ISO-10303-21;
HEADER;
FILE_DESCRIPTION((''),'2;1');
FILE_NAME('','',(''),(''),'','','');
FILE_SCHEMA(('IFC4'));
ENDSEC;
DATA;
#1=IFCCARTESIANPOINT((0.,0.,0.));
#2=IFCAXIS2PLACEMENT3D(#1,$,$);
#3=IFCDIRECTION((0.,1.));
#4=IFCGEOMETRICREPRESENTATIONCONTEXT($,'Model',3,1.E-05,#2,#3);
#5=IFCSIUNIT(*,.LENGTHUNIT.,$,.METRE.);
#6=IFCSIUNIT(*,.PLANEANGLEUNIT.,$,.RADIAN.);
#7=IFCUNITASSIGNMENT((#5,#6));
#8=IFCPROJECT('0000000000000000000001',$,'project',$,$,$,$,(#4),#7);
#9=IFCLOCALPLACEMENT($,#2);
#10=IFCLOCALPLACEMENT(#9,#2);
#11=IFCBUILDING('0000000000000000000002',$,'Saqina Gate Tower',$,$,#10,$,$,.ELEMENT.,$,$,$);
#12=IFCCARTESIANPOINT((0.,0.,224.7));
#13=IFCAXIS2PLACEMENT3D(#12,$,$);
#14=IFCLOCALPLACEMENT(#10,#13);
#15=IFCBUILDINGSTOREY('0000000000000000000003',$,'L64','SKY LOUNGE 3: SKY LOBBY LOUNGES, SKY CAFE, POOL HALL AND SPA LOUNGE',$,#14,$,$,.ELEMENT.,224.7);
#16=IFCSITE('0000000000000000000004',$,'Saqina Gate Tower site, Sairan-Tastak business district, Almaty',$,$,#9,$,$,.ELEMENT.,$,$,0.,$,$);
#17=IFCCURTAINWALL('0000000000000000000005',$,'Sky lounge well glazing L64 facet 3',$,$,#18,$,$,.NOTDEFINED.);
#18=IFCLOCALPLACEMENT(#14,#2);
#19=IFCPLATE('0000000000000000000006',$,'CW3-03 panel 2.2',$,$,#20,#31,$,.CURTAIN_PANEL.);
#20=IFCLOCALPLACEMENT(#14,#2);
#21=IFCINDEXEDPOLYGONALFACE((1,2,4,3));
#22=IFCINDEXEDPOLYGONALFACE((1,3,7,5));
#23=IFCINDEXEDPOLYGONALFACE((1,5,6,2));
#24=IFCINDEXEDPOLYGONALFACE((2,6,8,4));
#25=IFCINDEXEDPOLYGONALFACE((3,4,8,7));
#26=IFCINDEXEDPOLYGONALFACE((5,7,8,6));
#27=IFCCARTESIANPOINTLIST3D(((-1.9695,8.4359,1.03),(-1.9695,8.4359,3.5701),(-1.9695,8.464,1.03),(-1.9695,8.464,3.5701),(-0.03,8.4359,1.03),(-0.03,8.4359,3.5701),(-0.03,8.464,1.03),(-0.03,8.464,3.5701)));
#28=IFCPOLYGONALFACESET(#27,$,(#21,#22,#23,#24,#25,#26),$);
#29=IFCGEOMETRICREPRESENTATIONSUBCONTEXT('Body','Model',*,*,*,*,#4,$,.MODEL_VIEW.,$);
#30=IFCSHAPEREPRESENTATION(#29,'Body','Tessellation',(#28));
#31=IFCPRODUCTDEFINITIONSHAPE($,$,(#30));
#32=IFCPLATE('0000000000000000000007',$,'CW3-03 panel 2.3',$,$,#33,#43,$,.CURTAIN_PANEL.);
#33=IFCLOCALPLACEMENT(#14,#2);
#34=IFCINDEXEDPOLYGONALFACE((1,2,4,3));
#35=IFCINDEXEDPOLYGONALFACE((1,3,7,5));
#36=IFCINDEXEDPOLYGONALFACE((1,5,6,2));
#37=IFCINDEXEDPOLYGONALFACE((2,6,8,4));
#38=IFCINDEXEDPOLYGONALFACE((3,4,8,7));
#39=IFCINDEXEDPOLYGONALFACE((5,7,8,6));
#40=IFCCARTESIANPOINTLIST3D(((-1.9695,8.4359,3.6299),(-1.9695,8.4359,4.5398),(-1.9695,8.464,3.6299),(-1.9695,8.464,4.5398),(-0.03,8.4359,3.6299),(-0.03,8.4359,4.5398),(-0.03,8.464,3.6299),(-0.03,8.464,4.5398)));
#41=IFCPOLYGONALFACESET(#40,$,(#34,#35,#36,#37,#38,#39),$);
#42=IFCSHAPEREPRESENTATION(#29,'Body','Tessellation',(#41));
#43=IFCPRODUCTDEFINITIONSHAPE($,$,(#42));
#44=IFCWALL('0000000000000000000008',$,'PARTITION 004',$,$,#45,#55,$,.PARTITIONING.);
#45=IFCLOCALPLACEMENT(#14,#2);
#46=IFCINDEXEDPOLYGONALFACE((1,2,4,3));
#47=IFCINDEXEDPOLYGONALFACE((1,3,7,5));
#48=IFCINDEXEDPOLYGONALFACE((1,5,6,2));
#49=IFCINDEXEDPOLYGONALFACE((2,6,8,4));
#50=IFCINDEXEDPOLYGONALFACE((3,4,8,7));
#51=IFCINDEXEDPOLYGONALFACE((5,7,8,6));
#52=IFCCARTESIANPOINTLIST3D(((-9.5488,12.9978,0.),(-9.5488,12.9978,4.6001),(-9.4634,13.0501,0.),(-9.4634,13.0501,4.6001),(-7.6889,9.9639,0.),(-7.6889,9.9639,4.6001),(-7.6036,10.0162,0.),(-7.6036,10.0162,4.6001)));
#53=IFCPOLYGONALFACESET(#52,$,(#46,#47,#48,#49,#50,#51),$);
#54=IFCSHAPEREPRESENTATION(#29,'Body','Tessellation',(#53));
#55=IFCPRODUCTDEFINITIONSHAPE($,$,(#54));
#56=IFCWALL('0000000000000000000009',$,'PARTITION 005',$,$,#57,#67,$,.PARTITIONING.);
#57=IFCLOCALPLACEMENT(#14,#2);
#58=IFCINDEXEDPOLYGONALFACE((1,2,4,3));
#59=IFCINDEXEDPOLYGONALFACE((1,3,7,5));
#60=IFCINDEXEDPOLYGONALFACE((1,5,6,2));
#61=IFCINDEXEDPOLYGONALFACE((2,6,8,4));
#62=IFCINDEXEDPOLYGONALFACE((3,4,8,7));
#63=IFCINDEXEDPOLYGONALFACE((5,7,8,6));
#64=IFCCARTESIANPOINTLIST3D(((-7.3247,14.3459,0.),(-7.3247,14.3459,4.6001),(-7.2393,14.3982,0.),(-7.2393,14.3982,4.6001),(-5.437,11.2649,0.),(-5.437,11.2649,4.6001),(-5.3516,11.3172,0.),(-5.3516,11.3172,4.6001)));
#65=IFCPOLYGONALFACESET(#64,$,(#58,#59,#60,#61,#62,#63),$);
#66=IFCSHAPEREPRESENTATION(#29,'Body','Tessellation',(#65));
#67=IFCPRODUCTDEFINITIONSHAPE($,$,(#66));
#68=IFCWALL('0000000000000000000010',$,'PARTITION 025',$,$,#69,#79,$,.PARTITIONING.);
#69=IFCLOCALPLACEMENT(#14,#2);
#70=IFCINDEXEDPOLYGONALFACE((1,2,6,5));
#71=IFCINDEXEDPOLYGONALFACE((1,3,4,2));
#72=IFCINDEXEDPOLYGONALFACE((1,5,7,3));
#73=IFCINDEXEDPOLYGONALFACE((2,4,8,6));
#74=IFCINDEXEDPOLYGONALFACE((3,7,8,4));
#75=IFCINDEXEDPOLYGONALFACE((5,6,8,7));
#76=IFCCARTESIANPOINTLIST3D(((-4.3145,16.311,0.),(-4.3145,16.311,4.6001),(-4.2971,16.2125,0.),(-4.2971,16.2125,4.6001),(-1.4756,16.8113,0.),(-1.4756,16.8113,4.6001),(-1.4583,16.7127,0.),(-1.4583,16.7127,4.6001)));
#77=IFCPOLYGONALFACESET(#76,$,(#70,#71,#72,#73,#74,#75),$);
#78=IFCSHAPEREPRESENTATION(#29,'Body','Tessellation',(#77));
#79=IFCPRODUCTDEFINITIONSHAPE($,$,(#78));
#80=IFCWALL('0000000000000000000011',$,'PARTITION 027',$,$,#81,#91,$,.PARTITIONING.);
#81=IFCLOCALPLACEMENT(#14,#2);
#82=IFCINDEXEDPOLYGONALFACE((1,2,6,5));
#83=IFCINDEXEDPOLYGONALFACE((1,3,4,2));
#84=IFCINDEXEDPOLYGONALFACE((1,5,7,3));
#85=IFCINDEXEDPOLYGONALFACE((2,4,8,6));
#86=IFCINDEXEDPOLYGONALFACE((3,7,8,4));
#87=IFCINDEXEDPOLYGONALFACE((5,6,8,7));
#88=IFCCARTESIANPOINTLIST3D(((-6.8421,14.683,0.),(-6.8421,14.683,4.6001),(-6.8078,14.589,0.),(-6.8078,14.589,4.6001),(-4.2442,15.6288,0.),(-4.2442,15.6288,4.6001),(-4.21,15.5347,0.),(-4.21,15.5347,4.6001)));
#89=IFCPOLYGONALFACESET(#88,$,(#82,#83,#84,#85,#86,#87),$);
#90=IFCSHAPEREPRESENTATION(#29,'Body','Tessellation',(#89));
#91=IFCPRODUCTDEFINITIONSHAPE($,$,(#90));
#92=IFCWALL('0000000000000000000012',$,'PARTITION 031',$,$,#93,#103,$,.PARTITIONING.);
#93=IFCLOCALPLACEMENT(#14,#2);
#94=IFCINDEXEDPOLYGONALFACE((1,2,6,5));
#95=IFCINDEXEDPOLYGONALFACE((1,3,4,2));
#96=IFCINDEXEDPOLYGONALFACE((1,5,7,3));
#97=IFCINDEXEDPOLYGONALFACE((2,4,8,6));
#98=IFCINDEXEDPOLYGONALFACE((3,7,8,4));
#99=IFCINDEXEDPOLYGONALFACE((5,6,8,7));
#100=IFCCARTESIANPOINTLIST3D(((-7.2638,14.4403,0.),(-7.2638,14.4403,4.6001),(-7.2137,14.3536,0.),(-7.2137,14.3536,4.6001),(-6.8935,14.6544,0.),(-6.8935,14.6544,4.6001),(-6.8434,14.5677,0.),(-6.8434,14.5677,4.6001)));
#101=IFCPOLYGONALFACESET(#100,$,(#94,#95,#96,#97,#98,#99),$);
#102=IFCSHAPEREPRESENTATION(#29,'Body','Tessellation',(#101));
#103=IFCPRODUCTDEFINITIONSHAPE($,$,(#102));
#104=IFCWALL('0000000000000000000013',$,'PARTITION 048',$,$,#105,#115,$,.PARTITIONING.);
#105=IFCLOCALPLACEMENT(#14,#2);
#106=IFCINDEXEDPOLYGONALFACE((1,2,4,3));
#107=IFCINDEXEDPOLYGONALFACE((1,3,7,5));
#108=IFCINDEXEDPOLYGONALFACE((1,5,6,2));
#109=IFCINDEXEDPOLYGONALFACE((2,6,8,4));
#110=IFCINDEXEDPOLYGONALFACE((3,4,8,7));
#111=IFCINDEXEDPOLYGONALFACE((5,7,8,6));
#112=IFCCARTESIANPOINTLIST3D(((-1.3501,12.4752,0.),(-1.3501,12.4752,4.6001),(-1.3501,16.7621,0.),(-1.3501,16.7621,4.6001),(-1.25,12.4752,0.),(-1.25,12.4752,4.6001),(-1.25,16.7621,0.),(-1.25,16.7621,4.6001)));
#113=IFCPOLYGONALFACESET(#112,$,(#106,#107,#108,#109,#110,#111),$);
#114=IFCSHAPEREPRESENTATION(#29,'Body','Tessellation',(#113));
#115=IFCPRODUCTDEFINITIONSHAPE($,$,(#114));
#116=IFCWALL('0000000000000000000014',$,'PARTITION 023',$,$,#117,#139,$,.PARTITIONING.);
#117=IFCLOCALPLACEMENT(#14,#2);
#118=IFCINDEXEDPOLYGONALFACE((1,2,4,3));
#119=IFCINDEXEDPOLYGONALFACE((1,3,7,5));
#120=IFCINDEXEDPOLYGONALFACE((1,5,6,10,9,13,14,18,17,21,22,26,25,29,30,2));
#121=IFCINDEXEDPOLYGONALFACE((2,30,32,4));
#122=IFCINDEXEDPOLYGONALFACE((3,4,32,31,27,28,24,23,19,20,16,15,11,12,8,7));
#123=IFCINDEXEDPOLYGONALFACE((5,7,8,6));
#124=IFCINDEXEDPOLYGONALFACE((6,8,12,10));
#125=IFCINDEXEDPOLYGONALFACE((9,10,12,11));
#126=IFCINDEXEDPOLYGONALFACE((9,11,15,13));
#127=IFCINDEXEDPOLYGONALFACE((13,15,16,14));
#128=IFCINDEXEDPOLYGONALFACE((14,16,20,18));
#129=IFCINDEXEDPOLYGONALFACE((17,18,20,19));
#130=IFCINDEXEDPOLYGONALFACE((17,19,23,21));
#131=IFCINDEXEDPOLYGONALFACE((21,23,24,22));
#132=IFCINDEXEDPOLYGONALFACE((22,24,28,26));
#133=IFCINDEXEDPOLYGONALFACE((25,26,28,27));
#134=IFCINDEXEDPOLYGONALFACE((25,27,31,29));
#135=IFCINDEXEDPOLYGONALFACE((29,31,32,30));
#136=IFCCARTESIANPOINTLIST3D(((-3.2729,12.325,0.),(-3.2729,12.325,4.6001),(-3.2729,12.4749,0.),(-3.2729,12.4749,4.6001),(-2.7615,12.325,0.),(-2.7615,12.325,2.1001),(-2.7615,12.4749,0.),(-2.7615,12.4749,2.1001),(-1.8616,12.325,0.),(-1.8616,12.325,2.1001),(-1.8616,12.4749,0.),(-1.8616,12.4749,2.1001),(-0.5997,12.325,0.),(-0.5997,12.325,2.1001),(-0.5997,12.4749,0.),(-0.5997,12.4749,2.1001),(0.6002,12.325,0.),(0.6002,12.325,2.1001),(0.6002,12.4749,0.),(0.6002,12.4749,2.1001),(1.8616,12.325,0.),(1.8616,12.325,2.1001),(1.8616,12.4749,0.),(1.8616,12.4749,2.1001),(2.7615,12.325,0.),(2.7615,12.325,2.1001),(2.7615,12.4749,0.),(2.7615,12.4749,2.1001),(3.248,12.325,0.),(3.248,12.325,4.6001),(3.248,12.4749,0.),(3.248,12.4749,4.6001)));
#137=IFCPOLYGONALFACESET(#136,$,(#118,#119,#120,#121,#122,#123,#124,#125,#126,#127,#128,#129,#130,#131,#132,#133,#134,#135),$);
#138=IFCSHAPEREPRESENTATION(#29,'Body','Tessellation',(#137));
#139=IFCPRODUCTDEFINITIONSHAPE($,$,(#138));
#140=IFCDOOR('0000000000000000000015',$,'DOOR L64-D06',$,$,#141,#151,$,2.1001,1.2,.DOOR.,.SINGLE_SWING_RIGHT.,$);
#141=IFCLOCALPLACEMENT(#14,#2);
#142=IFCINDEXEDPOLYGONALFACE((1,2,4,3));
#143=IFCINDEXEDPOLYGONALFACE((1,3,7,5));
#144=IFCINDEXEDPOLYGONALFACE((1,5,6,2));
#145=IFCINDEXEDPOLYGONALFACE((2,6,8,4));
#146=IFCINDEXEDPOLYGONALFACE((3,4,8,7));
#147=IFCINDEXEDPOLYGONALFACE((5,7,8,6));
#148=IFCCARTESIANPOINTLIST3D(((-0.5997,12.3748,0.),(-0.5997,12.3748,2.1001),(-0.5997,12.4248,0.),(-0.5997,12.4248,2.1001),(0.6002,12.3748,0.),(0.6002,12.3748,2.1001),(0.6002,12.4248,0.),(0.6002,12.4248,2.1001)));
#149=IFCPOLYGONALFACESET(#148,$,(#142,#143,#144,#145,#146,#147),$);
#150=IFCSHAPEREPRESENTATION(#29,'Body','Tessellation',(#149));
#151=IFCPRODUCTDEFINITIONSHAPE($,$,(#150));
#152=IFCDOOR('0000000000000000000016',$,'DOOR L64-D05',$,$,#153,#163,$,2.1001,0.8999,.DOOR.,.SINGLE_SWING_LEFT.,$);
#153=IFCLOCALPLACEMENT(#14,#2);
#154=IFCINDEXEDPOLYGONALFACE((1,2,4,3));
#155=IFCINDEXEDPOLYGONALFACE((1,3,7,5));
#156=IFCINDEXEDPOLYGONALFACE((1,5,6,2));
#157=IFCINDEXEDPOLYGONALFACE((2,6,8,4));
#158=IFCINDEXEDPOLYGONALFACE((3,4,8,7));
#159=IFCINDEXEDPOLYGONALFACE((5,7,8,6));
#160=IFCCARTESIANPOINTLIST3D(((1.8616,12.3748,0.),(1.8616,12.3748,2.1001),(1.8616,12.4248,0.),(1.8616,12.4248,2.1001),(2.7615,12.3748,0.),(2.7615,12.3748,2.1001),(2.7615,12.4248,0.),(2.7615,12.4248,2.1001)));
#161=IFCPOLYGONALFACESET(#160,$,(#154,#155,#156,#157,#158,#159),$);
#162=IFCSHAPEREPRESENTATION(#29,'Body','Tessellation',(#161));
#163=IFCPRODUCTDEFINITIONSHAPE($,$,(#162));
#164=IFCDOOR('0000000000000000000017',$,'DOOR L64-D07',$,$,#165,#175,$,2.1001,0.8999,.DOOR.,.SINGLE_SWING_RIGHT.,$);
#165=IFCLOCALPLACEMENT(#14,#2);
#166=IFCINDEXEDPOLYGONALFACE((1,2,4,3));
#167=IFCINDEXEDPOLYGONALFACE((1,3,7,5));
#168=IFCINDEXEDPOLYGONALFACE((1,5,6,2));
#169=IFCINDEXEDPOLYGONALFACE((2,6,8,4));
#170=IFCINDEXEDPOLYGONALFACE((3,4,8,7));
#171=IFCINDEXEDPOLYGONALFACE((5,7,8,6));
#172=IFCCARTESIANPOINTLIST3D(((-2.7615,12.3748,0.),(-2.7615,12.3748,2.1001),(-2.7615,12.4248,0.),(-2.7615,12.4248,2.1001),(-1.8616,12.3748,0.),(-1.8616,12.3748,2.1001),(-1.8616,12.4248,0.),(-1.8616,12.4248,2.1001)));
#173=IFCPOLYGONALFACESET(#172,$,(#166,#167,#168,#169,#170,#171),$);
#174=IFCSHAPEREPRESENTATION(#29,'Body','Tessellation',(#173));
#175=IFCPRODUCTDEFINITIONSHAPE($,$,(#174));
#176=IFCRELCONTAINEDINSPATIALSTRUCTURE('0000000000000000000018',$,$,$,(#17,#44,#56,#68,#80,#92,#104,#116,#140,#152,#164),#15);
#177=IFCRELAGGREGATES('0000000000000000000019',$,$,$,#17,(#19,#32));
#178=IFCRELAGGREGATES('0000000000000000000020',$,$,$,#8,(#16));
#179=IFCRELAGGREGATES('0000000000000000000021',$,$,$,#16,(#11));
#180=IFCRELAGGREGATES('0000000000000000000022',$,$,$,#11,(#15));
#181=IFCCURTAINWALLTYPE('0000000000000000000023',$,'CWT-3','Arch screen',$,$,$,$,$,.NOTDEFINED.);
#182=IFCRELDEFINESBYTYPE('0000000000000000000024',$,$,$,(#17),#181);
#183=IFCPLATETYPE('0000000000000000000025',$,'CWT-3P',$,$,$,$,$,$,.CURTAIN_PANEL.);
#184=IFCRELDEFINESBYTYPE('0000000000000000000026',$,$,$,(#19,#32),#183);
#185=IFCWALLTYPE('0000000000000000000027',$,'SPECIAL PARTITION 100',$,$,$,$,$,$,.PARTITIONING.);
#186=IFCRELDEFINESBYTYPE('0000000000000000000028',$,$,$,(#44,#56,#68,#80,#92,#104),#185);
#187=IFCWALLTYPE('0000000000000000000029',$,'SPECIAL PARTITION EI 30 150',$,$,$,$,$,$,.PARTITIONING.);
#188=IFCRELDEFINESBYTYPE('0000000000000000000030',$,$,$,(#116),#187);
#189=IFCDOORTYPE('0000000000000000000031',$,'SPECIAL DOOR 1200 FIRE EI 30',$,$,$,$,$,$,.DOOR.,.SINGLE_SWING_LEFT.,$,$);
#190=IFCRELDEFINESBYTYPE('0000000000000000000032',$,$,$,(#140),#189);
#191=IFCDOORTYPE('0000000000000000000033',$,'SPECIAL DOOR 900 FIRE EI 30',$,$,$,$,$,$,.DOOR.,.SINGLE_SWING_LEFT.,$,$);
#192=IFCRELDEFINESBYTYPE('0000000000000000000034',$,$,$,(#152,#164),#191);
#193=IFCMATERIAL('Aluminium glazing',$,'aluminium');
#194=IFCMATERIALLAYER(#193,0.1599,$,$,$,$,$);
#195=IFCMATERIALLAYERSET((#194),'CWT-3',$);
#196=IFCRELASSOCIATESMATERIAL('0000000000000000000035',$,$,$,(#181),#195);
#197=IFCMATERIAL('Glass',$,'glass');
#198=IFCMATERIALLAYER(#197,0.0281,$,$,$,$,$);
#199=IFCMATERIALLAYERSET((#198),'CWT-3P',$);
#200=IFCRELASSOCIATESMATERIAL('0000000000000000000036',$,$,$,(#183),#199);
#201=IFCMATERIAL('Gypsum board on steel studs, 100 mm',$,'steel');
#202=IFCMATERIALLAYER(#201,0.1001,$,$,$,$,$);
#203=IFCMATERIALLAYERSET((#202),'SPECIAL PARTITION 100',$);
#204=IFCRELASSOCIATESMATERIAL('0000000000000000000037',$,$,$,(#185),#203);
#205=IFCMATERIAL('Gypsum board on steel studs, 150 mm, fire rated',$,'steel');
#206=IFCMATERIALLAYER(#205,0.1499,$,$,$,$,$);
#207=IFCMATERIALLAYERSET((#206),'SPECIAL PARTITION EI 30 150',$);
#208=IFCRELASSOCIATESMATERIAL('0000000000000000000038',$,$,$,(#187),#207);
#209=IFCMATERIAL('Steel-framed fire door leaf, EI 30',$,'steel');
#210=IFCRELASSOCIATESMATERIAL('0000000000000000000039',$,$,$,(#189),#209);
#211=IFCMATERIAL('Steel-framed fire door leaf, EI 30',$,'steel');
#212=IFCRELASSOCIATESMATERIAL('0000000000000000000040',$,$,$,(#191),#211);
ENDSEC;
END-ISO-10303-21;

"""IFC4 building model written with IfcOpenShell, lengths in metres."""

from ifc_helpers import new_model, si_unit, direction, frame, frame_2d, origin, origin_2d, place, context, subcontext, project, spatial, rectangle, extrude, material, layer, layer_set, type_object, element, fill, aggregate, save


model = new_model("IFC4")

# Units and contexts
model_context = context("Model", 3, precision=1e-05, world=origin(), true_north=direction((0.0, 1.0)))
body_context = subcontext(model_context, "Body", "Model", "MODEL_VIEW")
ifc_project = project(units=[si_unit("LENGTHUNIT", "METRE"), si_unit("PLANEANGLEUNIT", "RADIAN")], contexts=[model_context])

# Site, building, storey
site_placement = place(None, origin())
site = spatial("IfcSite", under=ifc_project, at=site_placement, Name="Saqina Gate Tower site, Sairan-Tastak business district, Almaty", CompositionType="ELEMENT", RefElevation=0.0)
building_placement = place(site_placement, origin())
building = spatial("IfcBuilding", under=site, at=building_placement, Name="Saqina Gate Tower", CompositionType="ELEMENT")
storey_placement = place(building_placement, frame((0.0, 0.0, 224.7)))
storey = spatial("IfcBuildingStorey", under=building, at=storey_placement, Name="L64", Description="SKY LOUNGE 3: SKY LOBBY LOUNGES, SKY CAFE, POOL HALL AND SPA LOUNGE", CompositionType="ELEMENT", Elevation=224.7)

# Curtain wall, plates
ifc_material_1 = material(Name="Aluminium glazing", Category="aluminium")
ifc_layer_1 = layer(ifc_material_1, 0.1599)
ifc_layer_set_1 = layer_set([ifc_layer_1], Name="CWT-3")
curtain_wall_type_1 = type_object("IfcCurtainWallType", Name="CWT-3", Description="Arch screen", PredefinedType="NOTDEFINED", material=ifc_layer_set_1)
curtain_wall_1_placement = place(storey_placement, origin())
curtain_wall_1 = element("IfcCurtainWall", 1, at=curtain_wall_1_placement, inside=storey, type_object=curtain_wall_type_1, Name="Sky lounge well glazing L64 facet 3", PredefinedType="NOTDEFINED")
ifc_material_2 = material(Name="Glass", Category="glass")
ifc_layer_2 = layer(ifc_material_2, 0.0281)
ifc_layer_set_2 = layer_set([ifc_layer_2], Name="CWT-3P")
plate_type = type_object("IfcPlateType", Name="CWT-3P", PredefinedType="CURTAIN_PANEL", material=ifc_layer_set_2)
plate_1_placement = place(storey_placement, frame((-0.9998, 8.45, 1.03), z_axis=(0.0, 0.0, 1.0), x_axis=(-1.0, 0.0, 0.0)))
plate_1 = element("IfcPlate", 2, at=plate_1_placement, type_object=plate_type, Name="CW3-03 panel 2.2", PredefinedType="CURTAIN_PANEL", context=body_context, shape_type="SweptSolid", body=[
    extrude(rectangle(XDim=1.9395, YDim=0.0281, at=origin_2d()), origin(), (0.0, 0.0, 1.0), 2.54),
])
plate_2_placement = place(storey_placement, frame((-0.9998, 8.45, 3.6299), z_axis=(0.0, 0.0, 1.0), x_axis=(-1.0, 0.0, 0.0)))
plate_2 = element("IfcPlate", 3, at=plate_2_placement, type_object=plate_type, Name="CW3-03 panel 2.3", PredefinedType="CURTAIN_PANEL", context=body_context, shape_type="SweptSolid", body=[
    extrude(rectangle(XDim=1.9395, YDim=0.0281, at=origin_2d()), origin(), (0.0, 0.0, 1.0), 0.9099),
])
aggregate(curtain_wall_1, [plate_1, plate_2])

# Walls
ifc_material_3 = material(Name="Gypsum board on steel studs, 100 mm", Category="steel")
ifc_layer_3 = layer(ifc_material_3, 0.1001)
ifc_layer_set_3 = layer_set([ifc_layer_3], Name="SPECIAL PARTITION 100")
wall_type_1 = type_object("IfcWallType", Name="SPECIAL PARTITION 100", PredefinedType="PARTITIONING", material=ifc_layer_set_3)
wall_1_placement = place(storey_placement, frame((-9.5061, 13.0239, 0.0), z_axis=(0.0, 0.0, 1.0), x_axis=(0.522634, -0.852557, 0.0)))
element("IfcWall", 4, at=wall_1_placement, inside=storey, type_object=wall_type_1, Name="PARTITION 004", PredefinedType="PARTITIONING", context=body_context, shape_type="SweptSolid", body=[
    extrude(rectangle(XDim=3.5586, YDim=0.1001, at=frame_2d((1.7793, 0.0))), origin(), (0.0, 0.0, 1.0), 4.6001),
])
wall_2_placement = place(storey_placement, frame((-7.282, 14.3721, 0.0), z_axis=(0.0, 0.0, 1.0), x_axis=(0.522423, -0.852687, 0.0)))
element("IfcWall", 5, at=wall_2_placement, inside=storey, type_object=wall_type_1, Name="PARTITION 005", PredefinedType="PARTITIONING", context=body_context, shape_type="SweptSolid", body=[
    extrude(rectangle(XDim=3.6133, YDim=0.1001, at=frame_2d((1.8066, 0.0))), origin(), (0.0, 0.0, 1.0), 4.6001),
])
wall_3_placement = place(storey_placement, frame((-4.3059, 16.2617, 0.0), z_axis=(0.0, 0.0, 1.0), x_axis=(0.984827, 0.173539, 0.0)))
element("IfcWall", 6, at=wall_3_placement, inside=storey, type_object=wall_type_1, Name="PARTITION 025", PredefinedType="PARTITIONING", context=body_context, shape_type="SweptSolid", body=[
    extrude(rectangle(XDim=2.8826, YDim=0.1001, at=frame_2d((1.4414, 0.0))), origin(), (0.0, 0.0, 1.0), 4.6001),
])
wall_4_placement = place(storey_placement, frame((-6.825, 14.636, 0.0), z_axis=(0.0, 0.0, 1.0), x_axis=(0.939664, 0.342098, 0.0)))
element("IfcWall", 7, at=wall_4_placement, inside=storey, type_object=wall_type_1, Name="PARTITION 027", PredefinedType="PARTITIONING", context=body_context, shape_type="SweptSolid", body=[
    extrude(rectangle(XDim=2.7646, YDim=0.1001, at=frame_2d((1.3823, 0.0))), origin(), (0.0, 0.0, 1.0), 4.6001),
])
wall_5_placement = place(storey_placement, frame((-7.2388, 14.397, 0.0), z_axis=(0.0, 0.0, 1.0), x_axis=(0.865739, 0.500496, 0.0)))
element("IfcWall", 8, at=wall_5_placement, inside=storey, type_object=wall_type_1, Name="PARTITION 031", PredefinedType="PARTITIONING", context=body_context, shape_type="SweptSolid", body=[
    extrude(rectangle(XDim=0.4277, YDim=0.1001, at=frame_2d((0.2139, 0.0))), origin(), (0.0, 0.0, 1.0), 4.6001),
])
wall_6_placement = place(storey_placement, frame((-1.3, 12.4751, 0.0), z_axis=(0.0, 0.0, 1.0), x_axis=(0.0, 1.0, 0.0)))
element("IfcWall", 9, at=wall_6_placement, inside=storey, type_object=wall_type_1, Name="PARTITION 048", PredefinedType="PARTITIONING", context=body_context, shape_type="SweptSolid", body=[
    extrude(rectangle(XDim=4.2869, YDim=0.1001, at=frame_2d((2.1436, 0.0))), origin(), (0.0, 0.0, 1.0), 4.6001),
])

# Wall, openings, doors
ifc_material_4 = material(Name="Gypsum board on steel studs, 150 mm, fire rated", Category="steel")
ifc_layer_4 = layer(ifc_material_4, 0.1499)
ifc_layer_set_4 = layer_set([ifc_layer_4], Name="SPECIAL PARTITION EI 30 150")
wall_type_2 = type_object("IfcWallType", Name="SPECIAL PARTITION EI 30 150", PredefinedType="PARTITIONING", material=ifc_layer_set_4)
wall_7_placement = place(storey_placement, frame((-3.2729, 12.3999, 0.0), z_axis=(0.0, 0.0, 1.0), x_axis=(1.0, 0.0, 0.0)))
wall_7 = element("IfcWall", 10, at=wall_7_placement, inside=storey, type_object=wall_type_2, Name="PARTITION 023", PredefinedType="PARTITIONING", context=body_context, shape_type="SweptSolid", body=[
    extrude(rectangle(XDim=6.521, YDim=0.1499, at=frame_2d((3.2605, 0.0))), origin(), (0.0, 0.0, 1.0), 4.6001),
])
opening_1_placement = place(wall_7_placement, frame((5.1345, 0.0, 0.0)))
opening_1 = element("IfcOpeningElement", 11, at=opening_1_placement, cuts=wall_7, PredefinedType="OPENING", context=body_context, shape_type="SweptSolid", body=[
    extrude(rectangle(XDim=0.8999, YDim=2.1001, at=frame_2d((0.45, 1.05))), frame((0.0, 0.0869, 0.0), z_axis=(0.0, -1.0, 0.0), x_axis=(1.0, 0.0, 0.0)), (0.0, 0.0, 1.0), 0.1738),
])
opening_2_placement = place(wall_7_placement, frame((2.6731, 0.0, 0.0)))
opening_2 = element("IfcOpeningElement", 12, at=opening_2_placement, cuts=wall_7, PredefinedType="OPENING", context=body_context, shape_type="SweptSolid", body=[
    extrude(rectangle(XDim=1.2, YDim=2.1001, at=frame_2d((0.6001, 1.05))), frame((0.0, 0.0869, 0.0), z_axis=(0.0, -1.0, 0.0), x_axis=(1.0, 0.0, 0.0)), (0.0, 0.0, 1.0), 0.1738),
])
opening_3_placement = place(wall_7_placement, frame((0.5115, 0.0, 0.0)))
opening_3 = element("IfcOpeningElement", 13, at=opening_3_placement, cuts=wall_7, PredefinedType="OPENING", context=body_context, shape_type="SweptSolid", body=[
    extrude(rectangle(XDim=0.8999, YDim=2.1001, at=frame_2d((0.45, 1.05))), frame((0.0, 0.0869, 0.0), z_axis=(0.0, -1.0, 0.0), x_axis=(1.0, 0.0, 0.0)), (0.0, 0.0, 1.0), 0.1738),
])
ifc_material_5 = material(Name="Steel-framed fire door leaf, EI 30", Category="steel")
door_type_1 = type_object("IfcDoorType", Name="SPECIAL DOOR 1200 FIRE EI 30", OperationType="SINGLE_SWING_LEFT", PredefinedType="DOOR", material=ifc_material_5)
door_1_placement = place(opening_2_placement, origin())
door_1 = element("IfcDoor", 14, at=door_1_placement, inside=storey, type_object=door_type_1, Name="DOOR L64-D06", OperationType="SINGLE_SWING_RIGHT", OverallHeight=2.1001, OverallWidth=1.2, PredefinedType="DOOR", context=body_context, shape_type="SweptSolid", body=[
    extrude(rectangle(XDim=1.2, YDim=2.1001, at=frame_2d((0.6001, 1.05))), frame((0.0, 0.0249, 0.0), z_axis=(0.0, -1.0, 0.0), x_axis=(1.0, 0.0, 0.0)), (0.0, 0.0, 1.0), 0.05),
])
fill(opening_2, door_1)
ifc_material_6 = material(Name="Steel-framed fire door leaf, EI 30", Category="steel")
door_type_2 = type_object("IfcDoorType", Name="SPECIAL DOOR 900 FIRE EI 30", OperationType="SINGLE_SWING_LEFT", PredefinedType="DOOR", material=ifc_material_6)
door_2_placement = place(opening_1_placement, origin())
door_2 = element("IfcDoor", 15, at=door_2_placement, inside=storey, type_object=door_type_2, Name="DOOR L64-D05", OperationType="SINGLE_SWING_LEFT", OverallHeight=2.1001, OverallWidth=0.8999, PredefinedType="DOOR", context=body_context, shape_type="SweptSolid", body=[
    extrude(rectangle(XDim=0.8999, YDim=2.1001, at=frame_2d((0.45, 1.05))), frame((0.0, 0.0249, 0.0), z_axis=(0.0, -1.0, 0.0), x_axis=(1.0, 0.0, 0.0)), (0.0, 0.0, 1.0), 0.05),
])
fill(opening_1, door_2)
door_3_placement = place(opening_3_placement, origin())
door_3 = element("IfcDoor", 16, at=door_3_placement, inside=storey, type_object=door_type_2, Name="DOOR L64-D07", OperationType="SINGLE_SWING_RIGHT", OverallHeight=2.1001, OverallWidth=0.8999, PredefinedType="DOOR", context=body_context, shape_type="SweptSolid", body=[
    extrude(rectangle(XDim=0.8999, YDim=2.1001, at=frame_2d((0.45, 1.05))), frame((0.0, 0.0249, 0.0), z_axis=(0.0, -1.0, 0.0), x_axis=(1.0, 0.0, 0.0)), (0.0, 0.0, 1.0), 0.05),
])
fill(opening_3, door_3)

save(model, "model.ifc")
